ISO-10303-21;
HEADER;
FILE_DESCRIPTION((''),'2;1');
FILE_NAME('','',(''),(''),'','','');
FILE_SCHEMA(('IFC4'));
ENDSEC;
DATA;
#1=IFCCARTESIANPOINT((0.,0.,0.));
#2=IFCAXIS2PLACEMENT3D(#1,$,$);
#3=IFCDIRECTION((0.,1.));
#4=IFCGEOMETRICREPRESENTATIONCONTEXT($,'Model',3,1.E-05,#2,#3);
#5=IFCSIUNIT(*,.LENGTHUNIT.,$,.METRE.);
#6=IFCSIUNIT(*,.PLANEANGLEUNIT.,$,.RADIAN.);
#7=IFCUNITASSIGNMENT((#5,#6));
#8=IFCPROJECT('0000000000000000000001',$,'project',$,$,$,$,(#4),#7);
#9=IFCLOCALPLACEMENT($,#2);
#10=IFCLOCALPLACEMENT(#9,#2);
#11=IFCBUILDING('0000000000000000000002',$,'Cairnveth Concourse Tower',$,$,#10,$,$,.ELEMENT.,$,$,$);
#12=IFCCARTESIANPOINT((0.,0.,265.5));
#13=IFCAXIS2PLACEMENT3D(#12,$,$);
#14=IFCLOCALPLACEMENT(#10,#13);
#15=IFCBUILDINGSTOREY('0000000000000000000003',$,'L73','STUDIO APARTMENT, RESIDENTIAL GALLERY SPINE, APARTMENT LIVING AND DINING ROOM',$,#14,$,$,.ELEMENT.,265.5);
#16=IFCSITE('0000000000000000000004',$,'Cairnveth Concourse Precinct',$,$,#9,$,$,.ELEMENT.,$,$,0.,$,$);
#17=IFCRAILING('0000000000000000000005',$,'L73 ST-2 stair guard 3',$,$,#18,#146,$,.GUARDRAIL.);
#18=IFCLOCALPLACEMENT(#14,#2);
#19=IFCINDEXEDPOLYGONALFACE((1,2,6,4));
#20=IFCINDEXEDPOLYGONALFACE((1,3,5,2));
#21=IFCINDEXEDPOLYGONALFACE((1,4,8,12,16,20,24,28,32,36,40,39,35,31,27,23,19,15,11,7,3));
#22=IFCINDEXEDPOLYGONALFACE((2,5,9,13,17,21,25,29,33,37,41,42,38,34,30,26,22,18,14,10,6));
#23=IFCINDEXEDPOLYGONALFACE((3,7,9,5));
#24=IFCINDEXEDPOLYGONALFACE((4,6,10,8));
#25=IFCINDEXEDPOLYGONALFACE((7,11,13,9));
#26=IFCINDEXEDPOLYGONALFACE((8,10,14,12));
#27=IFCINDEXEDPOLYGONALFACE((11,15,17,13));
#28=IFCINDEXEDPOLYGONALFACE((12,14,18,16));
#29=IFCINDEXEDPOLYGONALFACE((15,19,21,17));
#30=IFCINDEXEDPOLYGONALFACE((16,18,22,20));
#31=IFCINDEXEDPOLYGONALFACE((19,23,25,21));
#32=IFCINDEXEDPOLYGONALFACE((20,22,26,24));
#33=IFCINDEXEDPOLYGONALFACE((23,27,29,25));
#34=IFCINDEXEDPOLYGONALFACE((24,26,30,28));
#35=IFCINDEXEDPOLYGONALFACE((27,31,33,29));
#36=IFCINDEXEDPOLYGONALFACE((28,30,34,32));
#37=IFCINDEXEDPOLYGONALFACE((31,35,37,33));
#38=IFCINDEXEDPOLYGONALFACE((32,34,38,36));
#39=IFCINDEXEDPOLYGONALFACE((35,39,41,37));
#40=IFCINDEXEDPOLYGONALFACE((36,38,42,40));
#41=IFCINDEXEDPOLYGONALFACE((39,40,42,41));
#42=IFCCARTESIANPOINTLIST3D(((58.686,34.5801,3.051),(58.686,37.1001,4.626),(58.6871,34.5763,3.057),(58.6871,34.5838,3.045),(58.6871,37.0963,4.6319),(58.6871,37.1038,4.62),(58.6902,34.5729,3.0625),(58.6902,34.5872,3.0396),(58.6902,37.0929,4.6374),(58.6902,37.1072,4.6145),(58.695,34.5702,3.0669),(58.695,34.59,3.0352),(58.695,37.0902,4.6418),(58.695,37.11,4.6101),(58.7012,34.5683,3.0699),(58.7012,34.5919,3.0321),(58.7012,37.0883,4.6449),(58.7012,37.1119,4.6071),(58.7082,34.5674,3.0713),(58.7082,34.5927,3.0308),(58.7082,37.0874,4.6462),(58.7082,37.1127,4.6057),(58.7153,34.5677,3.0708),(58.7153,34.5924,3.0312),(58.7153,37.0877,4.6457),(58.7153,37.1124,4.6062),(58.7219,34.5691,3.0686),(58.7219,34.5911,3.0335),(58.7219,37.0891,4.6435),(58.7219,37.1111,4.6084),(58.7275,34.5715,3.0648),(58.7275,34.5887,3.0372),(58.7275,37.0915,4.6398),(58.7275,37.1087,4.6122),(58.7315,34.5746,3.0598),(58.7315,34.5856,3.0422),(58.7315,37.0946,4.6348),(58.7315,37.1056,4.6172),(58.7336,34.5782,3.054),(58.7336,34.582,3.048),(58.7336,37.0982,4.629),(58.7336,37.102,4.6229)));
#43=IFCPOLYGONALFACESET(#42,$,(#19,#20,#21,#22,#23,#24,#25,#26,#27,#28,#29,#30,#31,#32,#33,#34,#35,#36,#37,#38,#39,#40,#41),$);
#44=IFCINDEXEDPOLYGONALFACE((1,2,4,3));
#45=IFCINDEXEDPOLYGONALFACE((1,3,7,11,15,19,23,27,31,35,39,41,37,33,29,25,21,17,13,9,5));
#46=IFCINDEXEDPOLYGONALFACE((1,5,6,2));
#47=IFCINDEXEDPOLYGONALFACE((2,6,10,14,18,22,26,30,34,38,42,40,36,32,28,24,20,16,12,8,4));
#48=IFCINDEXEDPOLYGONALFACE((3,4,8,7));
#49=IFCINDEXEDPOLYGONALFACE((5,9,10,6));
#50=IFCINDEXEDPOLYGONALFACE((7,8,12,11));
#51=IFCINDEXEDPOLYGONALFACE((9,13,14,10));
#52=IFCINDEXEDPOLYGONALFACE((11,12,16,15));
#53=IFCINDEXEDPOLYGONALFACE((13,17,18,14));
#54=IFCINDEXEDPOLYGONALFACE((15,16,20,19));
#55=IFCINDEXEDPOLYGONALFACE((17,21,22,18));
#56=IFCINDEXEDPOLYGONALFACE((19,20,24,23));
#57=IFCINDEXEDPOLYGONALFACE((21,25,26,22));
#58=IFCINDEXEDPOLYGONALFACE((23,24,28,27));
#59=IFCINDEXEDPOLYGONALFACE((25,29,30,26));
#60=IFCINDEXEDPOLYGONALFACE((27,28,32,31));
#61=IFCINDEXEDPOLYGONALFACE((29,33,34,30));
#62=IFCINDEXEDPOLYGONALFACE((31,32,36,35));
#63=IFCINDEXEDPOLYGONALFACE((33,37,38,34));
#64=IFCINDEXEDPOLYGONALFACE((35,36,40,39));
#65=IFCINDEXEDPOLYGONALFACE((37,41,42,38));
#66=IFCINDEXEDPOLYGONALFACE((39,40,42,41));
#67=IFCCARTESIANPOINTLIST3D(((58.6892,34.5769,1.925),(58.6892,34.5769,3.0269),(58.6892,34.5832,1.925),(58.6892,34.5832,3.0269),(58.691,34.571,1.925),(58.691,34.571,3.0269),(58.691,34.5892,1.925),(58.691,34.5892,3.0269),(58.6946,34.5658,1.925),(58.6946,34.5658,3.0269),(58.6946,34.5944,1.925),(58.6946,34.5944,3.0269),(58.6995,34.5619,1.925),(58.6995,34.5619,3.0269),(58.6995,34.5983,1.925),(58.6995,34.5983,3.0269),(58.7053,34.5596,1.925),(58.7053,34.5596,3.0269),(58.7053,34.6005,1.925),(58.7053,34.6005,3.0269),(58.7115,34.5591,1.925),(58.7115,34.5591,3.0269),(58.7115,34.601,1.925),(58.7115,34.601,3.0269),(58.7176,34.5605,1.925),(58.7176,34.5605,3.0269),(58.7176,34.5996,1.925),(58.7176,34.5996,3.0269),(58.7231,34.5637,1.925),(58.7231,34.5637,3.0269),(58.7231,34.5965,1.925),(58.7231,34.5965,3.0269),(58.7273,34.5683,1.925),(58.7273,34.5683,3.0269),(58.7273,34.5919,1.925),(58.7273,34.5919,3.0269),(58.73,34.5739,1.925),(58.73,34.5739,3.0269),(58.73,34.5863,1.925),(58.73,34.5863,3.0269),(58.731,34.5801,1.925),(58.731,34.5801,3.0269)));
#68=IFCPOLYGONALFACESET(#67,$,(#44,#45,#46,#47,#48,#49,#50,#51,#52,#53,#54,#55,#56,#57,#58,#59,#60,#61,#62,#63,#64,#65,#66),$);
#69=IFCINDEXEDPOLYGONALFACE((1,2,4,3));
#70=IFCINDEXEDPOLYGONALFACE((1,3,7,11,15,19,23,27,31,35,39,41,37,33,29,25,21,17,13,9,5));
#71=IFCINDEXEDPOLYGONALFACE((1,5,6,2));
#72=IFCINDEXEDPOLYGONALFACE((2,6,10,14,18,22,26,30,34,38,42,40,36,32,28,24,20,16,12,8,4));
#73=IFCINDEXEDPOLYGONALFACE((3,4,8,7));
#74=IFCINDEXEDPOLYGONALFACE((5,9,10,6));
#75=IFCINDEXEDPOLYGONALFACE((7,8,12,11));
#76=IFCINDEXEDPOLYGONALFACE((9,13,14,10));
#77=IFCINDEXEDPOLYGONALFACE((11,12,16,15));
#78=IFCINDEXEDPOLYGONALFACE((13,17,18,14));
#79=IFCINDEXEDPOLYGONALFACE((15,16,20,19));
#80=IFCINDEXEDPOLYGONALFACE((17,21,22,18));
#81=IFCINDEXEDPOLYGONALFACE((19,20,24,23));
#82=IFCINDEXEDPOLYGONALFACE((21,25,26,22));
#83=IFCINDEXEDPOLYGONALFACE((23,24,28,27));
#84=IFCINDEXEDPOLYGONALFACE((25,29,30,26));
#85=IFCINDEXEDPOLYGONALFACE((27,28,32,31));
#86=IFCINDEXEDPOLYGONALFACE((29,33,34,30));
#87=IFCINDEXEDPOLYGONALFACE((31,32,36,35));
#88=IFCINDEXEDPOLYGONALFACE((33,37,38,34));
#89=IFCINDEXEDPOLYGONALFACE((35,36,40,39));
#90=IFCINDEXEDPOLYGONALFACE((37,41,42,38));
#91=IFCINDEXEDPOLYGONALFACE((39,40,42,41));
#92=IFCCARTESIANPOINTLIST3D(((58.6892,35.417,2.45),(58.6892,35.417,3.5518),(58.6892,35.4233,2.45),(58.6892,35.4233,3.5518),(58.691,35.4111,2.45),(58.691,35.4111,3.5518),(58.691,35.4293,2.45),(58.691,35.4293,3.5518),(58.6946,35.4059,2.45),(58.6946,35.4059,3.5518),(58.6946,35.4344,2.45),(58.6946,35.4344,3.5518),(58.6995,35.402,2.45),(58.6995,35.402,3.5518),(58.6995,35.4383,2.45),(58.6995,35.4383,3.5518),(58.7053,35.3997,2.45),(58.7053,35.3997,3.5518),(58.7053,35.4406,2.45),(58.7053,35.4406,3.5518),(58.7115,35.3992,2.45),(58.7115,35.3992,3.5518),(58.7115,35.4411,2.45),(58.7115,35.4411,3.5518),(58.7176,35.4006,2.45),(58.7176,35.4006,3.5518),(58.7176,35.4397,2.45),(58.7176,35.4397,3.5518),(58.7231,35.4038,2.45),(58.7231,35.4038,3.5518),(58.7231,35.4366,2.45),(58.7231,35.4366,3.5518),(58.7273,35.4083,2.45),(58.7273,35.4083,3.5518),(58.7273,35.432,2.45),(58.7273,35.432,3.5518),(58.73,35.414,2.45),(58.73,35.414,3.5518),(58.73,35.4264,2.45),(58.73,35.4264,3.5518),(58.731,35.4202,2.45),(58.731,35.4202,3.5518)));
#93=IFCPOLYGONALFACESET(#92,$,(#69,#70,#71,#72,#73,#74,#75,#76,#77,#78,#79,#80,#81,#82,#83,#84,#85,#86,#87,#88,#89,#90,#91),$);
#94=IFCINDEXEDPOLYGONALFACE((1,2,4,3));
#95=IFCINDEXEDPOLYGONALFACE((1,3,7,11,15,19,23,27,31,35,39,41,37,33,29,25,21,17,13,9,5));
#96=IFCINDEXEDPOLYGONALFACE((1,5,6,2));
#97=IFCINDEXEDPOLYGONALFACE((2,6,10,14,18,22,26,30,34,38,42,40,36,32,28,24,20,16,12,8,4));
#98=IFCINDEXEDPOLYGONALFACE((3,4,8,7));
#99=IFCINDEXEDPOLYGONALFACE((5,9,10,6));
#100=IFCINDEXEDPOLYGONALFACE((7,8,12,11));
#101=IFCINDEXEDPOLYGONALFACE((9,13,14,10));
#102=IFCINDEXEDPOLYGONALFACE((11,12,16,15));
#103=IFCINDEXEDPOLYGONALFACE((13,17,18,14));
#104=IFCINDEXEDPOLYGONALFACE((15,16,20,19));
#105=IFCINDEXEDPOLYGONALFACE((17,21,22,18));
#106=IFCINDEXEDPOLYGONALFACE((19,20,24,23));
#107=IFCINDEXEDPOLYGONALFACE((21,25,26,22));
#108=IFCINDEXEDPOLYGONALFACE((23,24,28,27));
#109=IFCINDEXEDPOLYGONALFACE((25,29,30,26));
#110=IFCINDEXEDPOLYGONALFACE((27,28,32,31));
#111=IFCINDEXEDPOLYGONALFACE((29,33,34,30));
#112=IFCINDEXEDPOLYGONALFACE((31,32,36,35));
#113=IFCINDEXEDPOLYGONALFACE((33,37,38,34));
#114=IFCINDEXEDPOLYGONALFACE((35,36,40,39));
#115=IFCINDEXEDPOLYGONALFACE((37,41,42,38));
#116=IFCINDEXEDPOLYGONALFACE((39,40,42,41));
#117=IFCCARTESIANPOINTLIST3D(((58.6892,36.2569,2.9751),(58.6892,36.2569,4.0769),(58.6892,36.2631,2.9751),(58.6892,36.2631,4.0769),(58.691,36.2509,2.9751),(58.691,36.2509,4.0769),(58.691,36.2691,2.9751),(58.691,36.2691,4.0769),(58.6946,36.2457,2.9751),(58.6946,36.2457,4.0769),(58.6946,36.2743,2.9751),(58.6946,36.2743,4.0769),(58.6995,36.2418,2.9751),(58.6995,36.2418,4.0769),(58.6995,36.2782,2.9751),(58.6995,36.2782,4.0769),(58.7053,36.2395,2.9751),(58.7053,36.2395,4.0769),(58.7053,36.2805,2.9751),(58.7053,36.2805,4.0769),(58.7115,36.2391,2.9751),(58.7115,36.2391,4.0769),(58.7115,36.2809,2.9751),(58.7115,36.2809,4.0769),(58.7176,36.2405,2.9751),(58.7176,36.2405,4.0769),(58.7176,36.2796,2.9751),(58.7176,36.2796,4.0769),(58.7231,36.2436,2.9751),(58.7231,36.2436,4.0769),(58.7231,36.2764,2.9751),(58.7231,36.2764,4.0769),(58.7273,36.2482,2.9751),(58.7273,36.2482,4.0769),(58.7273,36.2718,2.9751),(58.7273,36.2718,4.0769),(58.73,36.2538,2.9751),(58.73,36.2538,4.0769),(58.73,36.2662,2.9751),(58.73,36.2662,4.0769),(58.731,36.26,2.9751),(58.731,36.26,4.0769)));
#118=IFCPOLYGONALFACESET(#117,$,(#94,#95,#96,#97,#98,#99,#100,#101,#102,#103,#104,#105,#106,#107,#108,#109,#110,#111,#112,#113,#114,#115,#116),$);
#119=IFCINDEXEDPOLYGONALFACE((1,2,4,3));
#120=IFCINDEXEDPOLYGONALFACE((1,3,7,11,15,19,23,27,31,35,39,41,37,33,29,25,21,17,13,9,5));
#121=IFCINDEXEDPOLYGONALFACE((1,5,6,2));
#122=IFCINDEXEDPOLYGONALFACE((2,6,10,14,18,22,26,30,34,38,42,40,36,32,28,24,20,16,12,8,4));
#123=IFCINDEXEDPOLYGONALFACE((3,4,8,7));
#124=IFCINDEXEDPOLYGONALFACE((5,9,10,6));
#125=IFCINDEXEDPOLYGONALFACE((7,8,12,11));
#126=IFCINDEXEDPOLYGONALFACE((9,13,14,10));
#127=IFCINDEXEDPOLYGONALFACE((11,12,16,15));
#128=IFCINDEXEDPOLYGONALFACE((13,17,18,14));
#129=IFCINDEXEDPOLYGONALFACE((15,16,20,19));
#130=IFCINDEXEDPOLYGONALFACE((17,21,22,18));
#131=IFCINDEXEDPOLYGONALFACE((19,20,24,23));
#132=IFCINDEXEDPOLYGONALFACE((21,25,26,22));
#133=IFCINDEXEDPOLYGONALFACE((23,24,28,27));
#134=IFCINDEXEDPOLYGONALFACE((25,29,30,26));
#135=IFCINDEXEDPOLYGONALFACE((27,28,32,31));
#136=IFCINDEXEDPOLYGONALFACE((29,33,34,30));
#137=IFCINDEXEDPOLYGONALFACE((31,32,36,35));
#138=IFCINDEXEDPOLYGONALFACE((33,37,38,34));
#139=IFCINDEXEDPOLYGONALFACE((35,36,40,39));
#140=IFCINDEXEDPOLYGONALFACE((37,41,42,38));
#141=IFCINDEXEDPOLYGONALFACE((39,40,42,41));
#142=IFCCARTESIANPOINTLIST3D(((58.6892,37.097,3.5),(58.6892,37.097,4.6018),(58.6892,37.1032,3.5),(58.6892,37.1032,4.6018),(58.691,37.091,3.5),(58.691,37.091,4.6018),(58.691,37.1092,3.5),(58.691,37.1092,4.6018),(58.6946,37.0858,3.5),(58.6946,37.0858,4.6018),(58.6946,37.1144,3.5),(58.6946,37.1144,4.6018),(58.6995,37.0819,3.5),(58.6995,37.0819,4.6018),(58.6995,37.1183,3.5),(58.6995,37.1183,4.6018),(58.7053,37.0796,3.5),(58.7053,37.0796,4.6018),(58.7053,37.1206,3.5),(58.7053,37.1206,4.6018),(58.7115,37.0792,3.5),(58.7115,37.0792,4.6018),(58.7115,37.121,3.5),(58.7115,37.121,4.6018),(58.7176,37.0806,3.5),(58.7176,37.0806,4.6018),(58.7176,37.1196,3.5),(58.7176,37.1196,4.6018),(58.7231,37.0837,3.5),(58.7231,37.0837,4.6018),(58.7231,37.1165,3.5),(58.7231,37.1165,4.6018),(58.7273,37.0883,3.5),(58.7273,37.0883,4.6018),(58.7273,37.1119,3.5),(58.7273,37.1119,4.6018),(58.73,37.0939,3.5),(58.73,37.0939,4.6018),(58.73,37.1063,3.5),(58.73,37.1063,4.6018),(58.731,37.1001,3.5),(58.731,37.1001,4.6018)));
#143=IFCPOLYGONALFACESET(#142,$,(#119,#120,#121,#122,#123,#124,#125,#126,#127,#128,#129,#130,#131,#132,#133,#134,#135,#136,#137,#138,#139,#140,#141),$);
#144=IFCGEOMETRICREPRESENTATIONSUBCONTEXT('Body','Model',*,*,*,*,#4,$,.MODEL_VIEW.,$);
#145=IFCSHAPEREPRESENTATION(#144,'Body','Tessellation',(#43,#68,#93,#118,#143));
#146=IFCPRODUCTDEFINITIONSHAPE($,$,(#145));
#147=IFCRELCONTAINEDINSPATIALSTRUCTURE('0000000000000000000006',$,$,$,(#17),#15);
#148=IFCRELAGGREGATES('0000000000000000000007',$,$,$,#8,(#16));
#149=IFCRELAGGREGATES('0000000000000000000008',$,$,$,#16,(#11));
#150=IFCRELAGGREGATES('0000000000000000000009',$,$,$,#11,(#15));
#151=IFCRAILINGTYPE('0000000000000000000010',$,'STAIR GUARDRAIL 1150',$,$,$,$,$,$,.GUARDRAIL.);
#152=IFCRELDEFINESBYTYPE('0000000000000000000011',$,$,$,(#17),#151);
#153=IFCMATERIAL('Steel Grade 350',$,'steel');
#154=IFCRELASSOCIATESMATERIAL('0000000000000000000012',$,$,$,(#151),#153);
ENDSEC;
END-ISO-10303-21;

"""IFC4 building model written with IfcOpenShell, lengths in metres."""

from ifc_helpers import new_model, si_unit, direction, frame, origin, origin_2d, place, context, subcontext, project, spatial, circle, extrude, material, type_object, element, save


model = new_model("IFC4")

# Units and contexts
model_context = context("Model", 3, precision=1e-05, world=origin(), true_north=direction((0.0, 1.0)))
body_context = subcontext(model_context, "Body", "Model", "MODEL_VIEW")
ifc_project = project(units=[si_unit("LENGTHUNIT", "METRE"), si_unit("PLANEANGLEUNIT", "RADIAN")], contexts=[model_context])

# Site, building, storey
site_placement = place(None, origin())
site = spatial("IfcSite", under=ifc_project, at=site_placement, Name="Cairnveth Concourse Precinct", CompositionType="ELEMENT", RefElevation=0.0)
building_placement = place(site_placement, origin())
building = spatial("IfcBuilding", under=site, at=building_placement, Name="Cairnveth Concourse Tower", CompositionType="ELEMENT")
storey_placement = place(building_placement, frame((0.0, 0.0, 265.5)))
storey = spatial("IfcBuildingStorey", under=building, at=storey_placement, Name="L73", Description="STUDIO APARTMENT, RESIDENTIAL GALLERY SPINE, APARTMENT LIVING AND DINING ROOM", CompositionType="ELEMENT", Elevation=265.5)

# Shared definitions
ifc_material_1 = material(Name="Steel Grade 350", Category="steel")

# Railing
railing_type_1 = type_object("IfcRailingType", Name="STAIR GUARDRAIL 1150", PredefinedType="GUARDRAIL", material=ifc_material_1)
railing_1_placement = place(storey_placement, frame((58.71, 34.5801, 1.925)))
element("IfcRailing", 1, at=railing_1_placement, inside=storey, type_object=railing_type_1, Name="L73 ST-2 stair guard 3", PredefinedType="GUARDRAIL", context=body_context, shape_type="SweptSolid", body=[
    extrude(circle(Radius=0.0239, at=origin_2d()), frame((0.0, 0.0, 1.126), z_axis=(0.0, 0.848008, 0.529984), x_axis=(-1.0, 0.0, 0.0)), (0.0, 0.0, 1.0), 2.9717),
    extrude(circle(Radius=0.021, at=origin_2d()), origin(), (0.0, 0.0, 1.0), 1.1018),
    extrude(circle(Radius=0.021, at=origin_2d()), frame((0.0, 0.8401, 0.5249)), (0.0, 0.0, 1.0), 1.1018),
    extrude(circle(Radius=0.021, at=origin_2d()), frame((0.0, 1.6799, 1.05)), (0.0, 0.0, 1.0), 1.1018),
    extrude(circle(Radius=0.021, at=origin_2d()), frame((0.0, 2.52, 1.575)), (0.0, 0.0, 1.0), 1.1018),
])

save(model, "model.ifc")
